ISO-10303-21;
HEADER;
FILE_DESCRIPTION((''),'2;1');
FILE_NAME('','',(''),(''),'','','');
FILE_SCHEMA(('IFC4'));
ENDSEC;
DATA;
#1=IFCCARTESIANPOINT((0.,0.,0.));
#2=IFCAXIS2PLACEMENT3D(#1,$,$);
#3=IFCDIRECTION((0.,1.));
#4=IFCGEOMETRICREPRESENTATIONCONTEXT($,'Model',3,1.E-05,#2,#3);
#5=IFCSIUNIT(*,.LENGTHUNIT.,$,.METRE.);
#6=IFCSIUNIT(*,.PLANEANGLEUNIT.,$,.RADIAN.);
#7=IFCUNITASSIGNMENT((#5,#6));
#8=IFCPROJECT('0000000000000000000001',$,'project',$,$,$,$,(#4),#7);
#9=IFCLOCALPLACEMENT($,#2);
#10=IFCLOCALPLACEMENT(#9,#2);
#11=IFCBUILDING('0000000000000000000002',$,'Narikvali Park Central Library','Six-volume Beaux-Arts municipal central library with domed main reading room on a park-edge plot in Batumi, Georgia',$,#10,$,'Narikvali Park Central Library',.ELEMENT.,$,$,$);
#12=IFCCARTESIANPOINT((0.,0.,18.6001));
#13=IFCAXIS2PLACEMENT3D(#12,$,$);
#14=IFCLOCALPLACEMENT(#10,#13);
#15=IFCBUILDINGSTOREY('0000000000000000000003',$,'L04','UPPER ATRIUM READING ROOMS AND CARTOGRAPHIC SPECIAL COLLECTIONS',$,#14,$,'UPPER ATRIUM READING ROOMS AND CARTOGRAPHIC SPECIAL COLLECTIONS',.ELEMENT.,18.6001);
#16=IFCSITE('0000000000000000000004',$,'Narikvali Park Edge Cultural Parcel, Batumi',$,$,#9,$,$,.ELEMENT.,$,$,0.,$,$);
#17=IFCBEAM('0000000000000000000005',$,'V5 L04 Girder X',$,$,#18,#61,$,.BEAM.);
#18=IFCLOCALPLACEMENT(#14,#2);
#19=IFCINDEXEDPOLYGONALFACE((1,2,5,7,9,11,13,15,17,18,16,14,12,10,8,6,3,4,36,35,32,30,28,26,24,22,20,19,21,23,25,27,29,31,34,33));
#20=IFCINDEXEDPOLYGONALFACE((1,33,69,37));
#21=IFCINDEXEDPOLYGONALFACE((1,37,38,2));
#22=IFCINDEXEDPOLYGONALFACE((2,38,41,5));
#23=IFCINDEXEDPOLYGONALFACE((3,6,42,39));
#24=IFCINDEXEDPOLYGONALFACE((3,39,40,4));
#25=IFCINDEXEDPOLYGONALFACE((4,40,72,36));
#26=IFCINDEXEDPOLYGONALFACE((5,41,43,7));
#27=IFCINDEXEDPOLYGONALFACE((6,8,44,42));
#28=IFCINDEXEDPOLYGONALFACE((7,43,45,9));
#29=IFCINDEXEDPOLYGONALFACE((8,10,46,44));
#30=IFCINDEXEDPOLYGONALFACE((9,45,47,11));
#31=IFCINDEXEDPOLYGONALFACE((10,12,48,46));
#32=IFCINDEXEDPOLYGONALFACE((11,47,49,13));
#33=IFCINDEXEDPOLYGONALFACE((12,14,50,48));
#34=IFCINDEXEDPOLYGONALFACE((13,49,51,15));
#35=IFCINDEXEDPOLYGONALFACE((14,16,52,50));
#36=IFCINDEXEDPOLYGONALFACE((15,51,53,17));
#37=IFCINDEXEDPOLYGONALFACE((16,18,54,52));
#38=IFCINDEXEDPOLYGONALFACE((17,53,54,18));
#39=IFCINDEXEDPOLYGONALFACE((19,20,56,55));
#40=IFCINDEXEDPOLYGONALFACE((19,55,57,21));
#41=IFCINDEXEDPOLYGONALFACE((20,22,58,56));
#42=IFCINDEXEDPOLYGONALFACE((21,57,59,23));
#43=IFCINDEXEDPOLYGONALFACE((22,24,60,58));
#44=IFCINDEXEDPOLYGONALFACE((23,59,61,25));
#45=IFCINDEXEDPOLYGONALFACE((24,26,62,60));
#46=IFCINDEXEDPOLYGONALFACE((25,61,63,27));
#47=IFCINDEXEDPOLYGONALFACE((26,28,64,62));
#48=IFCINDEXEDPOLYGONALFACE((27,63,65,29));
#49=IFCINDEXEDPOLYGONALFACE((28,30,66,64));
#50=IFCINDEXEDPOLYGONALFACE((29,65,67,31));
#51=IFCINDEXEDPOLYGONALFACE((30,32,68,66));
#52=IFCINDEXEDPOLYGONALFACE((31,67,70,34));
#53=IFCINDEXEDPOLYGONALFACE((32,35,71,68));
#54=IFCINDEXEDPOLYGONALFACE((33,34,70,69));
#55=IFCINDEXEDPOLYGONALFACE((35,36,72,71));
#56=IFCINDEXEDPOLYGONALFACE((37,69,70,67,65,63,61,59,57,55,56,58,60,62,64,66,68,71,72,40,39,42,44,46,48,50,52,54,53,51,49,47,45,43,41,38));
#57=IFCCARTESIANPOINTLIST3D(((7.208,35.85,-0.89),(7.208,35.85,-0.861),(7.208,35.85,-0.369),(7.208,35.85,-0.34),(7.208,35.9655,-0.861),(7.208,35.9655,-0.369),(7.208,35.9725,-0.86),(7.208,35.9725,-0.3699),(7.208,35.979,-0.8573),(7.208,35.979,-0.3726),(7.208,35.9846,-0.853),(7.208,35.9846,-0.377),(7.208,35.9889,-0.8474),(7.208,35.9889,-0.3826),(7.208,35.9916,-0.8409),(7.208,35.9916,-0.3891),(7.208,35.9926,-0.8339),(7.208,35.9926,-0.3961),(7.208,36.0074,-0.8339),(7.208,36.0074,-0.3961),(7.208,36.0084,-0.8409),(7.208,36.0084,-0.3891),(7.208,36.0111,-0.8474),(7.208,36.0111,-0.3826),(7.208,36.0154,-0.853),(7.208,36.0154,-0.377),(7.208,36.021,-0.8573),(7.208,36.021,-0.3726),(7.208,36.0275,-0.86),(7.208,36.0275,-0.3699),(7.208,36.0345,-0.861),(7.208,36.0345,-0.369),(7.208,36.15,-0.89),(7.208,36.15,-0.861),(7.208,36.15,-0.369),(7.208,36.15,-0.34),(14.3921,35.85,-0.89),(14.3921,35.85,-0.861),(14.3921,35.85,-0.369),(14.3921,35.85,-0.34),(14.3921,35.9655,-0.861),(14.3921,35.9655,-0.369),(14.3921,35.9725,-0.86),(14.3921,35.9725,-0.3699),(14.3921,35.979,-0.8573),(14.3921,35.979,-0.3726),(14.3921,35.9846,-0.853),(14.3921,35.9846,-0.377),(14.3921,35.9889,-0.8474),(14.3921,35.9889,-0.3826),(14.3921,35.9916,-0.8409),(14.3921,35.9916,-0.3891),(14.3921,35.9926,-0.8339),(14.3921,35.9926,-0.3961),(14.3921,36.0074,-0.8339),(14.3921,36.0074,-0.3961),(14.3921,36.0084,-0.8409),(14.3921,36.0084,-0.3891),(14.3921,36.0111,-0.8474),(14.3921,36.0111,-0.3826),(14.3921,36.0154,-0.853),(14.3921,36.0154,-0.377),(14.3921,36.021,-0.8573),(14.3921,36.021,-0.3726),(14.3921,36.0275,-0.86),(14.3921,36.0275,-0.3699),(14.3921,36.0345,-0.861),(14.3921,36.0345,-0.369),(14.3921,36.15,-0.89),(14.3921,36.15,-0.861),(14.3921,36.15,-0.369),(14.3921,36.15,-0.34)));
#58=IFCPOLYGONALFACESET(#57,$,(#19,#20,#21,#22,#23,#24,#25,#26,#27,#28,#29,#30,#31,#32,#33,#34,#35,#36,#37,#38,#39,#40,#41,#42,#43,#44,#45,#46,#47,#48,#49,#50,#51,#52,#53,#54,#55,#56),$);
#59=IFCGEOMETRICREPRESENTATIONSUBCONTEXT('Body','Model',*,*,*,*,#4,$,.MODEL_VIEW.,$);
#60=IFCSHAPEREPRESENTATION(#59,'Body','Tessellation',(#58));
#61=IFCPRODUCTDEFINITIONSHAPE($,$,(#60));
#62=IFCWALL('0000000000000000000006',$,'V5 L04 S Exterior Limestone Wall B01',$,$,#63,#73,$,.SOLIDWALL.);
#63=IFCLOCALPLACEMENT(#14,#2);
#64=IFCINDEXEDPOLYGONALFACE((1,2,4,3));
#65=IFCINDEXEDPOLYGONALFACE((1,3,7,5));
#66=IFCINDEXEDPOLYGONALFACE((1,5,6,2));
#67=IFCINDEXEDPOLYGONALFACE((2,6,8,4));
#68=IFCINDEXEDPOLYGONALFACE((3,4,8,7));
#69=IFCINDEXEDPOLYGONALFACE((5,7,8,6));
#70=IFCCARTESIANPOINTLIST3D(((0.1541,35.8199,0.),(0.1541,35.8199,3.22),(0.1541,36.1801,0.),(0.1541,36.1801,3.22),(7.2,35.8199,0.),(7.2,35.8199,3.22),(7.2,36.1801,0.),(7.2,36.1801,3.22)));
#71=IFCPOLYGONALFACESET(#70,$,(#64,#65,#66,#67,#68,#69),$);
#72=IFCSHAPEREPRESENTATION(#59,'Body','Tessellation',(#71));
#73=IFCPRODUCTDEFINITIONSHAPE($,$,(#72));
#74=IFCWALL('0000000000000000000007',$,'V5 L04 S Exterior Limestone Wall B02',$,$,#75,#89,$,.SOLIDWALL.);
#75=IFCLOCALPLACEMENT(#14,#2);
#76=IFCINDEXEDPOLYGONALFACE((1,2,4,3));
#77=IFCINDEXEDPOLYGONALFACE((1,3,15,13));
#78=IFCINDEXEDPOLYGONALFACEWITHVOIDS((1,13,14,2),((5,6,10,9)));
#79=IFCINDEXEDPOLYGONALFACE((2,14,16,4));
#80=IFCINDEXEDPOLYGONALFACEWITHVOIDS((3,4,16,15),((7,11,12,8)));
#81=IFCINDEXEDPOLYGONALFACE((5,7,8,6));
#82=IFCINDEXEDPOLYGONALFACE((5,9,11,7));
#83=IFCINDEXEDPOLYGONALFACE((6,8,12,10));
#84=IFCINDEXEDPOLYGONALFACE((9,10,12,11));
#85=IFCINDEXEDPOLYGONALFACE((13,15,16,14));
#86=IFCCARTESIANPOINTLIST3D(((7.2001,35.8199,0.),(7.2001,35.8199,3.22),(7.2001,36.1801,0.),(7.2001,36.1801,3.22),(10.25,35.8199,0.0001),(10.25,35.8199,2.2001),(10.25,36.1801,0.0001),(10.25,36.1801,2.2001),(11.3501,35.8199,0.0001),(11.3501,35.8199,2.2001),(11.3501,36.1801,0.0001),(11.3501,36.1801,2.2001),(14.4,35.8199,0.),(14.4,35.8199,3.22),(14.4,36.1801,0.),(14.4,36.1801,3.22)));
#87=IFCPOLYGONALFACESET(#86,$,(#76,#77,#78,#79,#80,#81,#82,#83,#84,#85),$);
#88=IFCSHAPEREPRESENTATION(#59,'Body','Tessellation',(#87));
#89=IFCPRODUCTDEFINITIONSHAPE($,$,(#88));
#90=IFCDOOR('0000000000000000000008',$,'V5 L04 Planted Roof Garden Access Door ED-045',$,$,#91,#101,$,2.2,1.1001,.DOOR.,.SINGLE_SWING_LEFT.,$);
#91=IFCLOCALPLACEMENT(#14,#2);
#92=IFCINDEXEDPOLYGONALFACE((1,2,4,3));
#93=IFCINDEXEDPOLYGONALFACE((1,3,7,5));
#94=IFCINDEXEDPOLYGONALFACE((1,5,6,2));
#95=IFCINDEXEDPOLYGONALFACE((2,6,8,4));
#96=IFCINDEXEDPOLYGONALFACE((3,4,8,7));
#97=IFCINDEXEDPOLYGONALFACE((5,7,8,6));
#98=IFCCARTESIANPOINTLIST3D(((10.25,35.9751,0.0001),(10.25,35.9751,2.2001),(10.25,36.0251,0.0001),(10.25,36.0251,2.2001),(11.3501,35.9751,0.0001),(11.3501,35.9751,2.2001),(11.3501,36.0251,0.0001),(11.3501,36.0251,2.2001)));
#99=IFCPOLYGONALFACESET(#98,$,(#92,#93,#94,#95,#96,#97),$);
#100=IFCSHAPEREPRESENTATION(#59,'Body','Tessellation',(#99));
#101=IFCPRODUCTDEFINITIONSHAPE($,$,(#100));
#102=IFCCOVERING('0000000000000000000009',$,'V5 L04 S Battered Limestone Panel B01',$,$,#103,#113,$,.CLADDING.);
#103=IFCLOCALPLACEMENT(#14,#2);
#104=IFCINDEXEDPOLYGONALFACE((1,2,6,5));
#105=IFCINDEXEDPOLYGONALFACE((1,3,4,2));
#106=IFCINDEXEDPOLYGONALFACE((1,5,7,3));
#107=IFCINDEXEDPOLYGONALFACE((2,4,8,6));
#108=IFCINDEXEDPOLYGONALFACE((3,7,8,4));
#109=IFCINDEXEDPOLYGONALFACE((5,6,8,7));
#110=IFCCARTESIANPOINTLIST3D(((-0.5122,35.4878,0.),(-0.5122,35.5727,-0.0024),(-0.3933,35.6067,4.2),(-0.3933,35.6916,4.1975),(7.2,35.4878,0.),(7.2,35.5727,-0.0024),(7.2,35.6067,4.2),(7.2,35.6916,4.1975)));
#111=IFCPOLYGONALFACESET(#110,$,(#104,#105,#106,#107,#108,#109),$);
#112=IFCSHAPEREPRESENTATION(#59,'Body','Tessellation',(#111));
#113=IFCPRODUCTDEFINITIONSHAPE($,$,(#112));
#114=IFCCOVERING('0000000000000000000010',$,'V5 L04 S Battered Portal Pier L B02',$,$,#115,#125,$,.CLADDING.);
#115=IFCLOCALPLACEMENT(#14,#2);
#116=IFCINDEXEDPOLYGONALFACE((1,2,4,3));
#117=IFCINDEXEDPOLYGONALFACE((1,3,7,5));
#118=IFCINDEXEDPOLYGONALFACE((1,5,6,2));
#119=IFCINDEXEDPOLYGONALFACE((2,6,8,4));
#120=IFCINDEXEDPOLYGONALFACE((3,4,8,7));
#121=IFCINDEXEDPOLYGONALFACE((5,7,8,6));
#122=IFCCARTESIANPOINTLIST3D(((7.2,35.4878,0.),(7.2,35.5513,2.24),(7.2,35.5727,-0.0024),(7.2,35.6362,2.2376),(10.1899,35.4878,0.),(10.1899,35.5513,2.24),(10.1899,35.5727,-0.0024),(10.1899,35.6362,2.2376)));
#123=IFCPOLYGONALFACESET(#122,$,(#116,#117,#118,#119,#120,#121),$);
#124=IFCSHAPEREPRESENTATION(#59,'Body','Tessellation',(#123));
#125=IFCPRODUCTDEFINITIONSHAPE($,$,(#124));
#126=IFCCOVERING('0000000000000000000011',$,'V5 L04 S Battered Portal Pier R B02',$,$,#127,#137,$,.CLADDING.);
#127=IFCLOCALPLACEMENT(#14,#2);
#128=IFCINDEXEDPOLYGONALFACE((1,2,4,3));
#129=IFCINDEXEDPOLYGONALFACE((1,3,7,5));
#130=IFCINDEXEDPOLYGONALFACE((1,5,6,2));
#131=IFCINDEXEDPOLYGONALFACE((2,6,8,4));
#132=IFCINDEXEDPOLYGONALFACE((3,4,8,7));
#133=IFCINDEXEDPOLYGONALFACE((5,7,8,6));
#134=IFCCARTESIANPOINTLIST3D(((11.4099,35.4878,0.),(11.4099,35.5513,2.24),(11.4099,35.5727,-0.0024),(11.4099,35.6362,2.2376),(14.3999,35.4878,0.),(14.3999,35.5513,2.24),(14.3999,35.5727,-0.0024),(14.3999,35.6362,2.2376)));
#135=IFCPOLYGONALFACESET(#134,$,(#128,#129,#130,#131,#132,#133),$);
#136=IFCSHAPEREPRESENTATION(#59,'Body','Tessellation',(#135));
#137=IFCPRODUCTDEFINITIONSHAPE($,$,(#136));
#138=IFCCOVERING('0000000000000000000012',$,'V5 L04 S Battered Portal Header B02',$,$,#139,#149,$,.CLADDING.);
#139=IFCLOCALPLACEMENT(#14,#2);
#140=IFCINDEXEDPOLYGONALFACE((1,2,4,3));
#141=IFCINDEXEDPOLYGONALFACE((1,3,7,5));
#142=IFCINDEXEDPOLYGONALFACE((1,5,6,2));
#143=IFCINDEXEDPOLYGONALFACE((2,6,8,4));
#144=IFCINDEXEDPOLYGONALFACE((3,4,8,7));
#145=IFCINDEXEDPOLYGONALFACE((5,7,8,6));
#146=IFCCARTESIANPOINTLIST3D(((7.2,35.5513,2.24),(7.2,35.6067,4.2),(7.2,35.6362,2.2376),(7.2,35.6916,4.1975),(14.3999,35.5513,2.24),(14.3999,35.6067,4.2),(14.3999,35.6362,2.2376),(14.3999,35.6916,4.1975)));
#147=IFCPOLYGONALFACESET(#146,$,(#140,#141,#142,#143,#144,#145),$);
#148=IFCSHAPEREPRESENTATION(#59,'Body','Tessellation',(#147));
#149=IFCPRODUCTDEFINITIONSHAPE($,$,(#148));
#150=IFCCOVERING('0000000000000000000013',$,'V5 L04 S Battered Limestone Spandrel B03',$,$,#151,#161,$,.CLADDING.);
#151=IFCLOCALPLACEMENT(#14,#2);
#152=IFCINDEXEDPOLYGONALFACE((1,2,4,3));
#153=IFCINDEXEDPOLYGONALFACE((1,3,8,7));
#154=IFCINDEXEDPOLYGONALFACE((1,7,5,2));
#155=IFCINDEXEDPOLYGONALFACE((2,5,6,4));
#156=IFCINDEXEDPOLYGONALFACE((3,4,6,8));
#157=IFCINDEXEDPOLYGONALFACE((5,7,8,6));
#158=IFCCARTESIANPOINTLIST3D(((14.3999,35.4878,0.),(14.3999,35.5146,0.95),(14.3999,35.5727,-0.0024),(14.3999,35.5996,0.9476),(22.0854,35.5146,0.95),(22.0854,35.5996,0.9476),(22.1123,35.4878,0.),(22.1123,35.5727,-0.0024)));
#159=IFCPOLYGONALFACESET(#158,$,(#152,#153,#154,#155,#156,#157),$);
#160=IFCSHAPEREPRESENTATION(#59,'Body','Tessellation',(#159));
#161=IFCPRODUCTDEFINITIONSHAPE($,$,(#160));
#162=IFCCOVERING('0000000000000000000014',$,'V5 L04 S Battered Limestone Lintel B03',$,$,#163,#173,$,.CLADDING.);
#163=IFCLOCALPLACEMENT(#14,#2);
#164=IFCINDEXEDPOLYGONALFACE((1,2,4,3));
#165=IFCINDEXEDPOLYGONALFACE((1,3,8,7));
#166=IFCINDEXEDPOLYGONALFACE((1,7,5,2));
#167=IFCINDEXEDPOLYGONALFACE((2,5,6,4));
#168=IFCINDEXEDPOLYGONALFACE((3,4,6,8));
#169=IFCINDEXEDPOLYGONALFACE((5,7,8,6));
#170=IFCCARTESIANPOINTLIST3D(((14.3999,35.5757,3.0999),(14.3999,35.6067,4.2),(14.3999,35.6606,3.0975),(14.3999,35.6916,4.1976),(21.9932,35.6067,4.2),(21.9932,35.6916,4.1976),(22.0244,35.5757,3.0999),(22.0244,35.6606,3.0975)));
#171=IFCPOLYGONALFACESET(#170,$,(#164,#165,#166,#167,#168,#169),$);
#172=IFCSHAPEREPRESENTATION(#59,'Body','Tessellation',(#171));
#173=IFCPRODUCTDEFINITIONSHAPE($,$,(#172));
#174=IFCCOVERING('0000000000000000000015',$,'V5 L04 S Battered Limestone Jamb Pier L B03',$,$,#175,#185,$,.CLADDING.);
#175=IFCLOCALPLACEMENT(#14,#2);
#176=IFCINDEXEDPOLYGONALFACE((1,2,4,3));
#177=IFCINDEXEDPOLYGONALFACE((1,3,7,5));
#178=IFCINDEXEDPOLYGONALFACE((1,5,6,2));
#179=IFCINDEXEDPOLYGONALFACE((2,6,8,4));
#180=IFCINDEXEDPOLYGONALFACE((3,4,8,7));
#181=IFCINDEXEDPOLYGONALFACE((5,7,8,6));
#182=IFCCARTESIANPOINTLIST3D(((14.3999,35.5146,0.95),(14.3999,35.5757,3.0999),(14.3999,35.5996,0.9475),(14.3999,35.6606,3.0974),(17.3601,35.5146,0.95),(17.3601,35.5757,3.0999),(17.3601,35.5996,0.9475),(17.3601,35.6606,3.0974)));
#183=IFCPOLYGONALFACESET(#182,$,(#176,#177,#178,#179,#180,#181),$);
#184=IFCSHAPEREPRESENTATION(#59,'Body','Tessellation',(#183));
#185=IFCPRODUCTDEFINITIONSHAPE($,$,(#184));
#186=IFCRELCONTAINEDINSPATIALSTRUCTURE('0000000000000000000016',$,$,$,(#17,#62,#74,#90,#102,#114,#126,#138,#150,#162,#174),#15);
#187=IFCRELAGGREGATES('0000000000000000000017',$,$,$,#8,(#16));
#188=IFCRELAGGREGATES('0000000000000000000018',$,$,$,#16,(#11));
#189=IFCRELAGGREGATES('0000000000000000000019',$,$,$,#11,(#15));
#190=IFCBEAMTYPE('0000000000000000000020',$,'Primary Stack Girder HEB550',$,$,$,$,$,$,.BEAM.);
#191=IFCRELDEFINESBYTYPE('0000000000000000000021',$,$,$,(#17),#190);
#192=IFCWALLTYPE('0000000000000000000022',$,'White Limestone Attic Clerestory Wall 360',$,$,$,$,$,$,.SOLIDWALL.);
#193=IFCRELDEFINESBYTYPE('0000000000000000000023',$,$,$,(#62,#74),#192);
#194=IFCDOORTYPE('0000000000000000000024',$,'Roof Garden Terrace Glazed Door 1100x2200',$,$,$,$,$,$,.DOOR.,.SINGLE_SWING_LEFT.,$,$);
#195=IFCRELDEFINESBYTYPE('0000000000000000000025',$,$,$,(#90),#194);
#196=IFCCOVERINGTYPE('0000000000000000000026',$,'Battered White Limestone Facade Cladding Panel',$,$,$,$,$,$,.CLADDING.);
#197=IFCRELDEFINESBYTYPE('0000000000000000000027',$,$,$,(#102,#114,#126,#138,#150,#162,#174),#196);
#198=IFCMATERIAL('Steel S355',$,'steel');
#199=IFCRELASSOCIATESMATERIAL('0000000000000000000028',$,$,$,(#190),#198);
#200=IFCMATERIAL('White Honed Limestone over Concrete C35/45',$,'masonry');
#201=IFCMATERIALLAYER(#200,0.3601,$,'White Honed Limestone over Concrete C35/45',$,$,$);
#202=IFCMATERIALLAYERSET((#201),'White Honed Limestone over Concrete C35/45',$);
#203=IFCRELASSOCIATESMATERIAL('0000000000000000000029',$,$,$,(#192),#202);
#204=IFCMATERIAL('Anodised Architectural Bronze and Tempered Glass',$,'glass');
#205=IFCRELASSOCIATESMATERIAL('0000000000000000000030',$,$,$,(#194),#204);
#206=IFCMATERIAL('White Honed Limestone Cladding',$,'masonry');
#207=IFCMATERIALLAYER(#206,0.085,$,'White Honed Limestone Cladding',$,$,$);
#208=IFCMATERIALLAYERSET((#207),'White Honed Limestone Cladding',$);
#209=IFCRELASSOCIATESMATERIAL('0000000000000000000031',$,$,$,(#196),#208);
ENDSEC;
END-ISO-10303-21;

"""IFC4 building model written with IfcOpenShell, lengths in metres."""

from ifc_helpers import new_model, si_unit, direction, frame, frame_2d, origin, origin_2d, place, context, subcontext, project, spatial, polyline, rectangle, i_section, outline, extrude, material, layer, layer_set, material_profile, profile_set, type_object, element, fill, save


model = new_model("IFC4")

# Units and contexts
model_context = context("Model", 3, precision=1e-05, world=origin(), true_north=direction((0.0, 1.0)))
body_context = subcontext(model_context, "Body", "Model", "MODEL_VIEW")
ifc_project = project(units=[si_unit("LENGTHUNIT", "METRE"), si_unit("PLANEANGLEUNIT", "RADIAN")], contexts=[model_context])

# Site, building, storey
site_placement = place(None, origin())
site = spatial("IfcSite", under=ifc_project, at=site_placement, Name="Narikvali Park Edge Cultural Parcel, Batumi", CompositionType="ELEMENT", RefElevation=0.0)
building_placement = place(site_placement, origin())
building = spatial("IfcBuilding", under=site, at=building_placement, Name="Narikvali Park Central Library", Description="Six-volume Beaux-Arts municipal central library with domed main reading room on a park-edge plot in Batumi, Georgia", LongName="Narikvali Park Central Library", CompositionType="ELEMENT")
storey_placement = place(building_placement, frame((0.0, 0.0, 18.6001)))
storey = spatial("IfcBuildingStorey", under=building, at=storey_placement, Name="L04", Description="UPPER ATRIUM READING ROOMS AND CARTOGRAPHIC SPECIAL COLLECTIONS", LongName="UPPER ATRIUM READING ROOMS AND CARTOGRAPHIC SPECIAL COLLECTIONS", CompositionType="ELEMENT", Elevation=18.6001)

# Shared definitions
ifc_material_1 = material(Name="Steel S355", Category="steel")

# Beam
ifc_material_profile_1 = material_profile(ifc_material_1, i_section(OverallWidth=0.3, OverallDepth=0.55, WebThickness=0.0149, FlangeThickness=0.0291, FilletRadius=0.0271, at=origin_2d()), Name="HEB 550")
ifc_profile_set_1 = profile_set([ifc_material_profile_1], Name="Steel S355")
beam_type = type_object("IfcBeamType", Name="Primary Stack Girder HEB550", PredefinedType="BEAM", material=ifc_profile_set_1)
beam_1_placement = place(storey_placement, frame((7.208, 36.0, -0.615), z_axis=(1.0, 0.0, 0.0), x_axis=(0.0, 1.0, 0.0)))
element("IfcBeam", 1, at=beam_1_placement, inside=storey, type_object=beam_type, Name="V5 L04 Girder X", PredefinedType="BEAM", context=body_context, shape_type="SweptSolid", body=[
    extrude(i_section(OverallWidth=0.3, OverallDepth=0.55, WebThickness=0.0149, FlangeThickness=0.0291, FilletRadius=0.0271, at=origin_2d()), origin(), (0.0, 0.0, 1.0), 7.1841),
])

# Wall
ifc_material_2 = material(Name="White Honed Limestone over Concrete C35/45", Category="masonry")
ifc_layer_1 = layer(ifc_material_2, 0.3601, Name="White Honed Limestone over Concrete C35/45")
ifc_layer_set_1 = layer_set([ifc_layer_1], Name="White Honed Limestone over Concrete C35/45")
wall_type = type_object("IfcWallType", Name="White Limestone Attic Clerestory Wall 360", PredefinedType="SOLIDWALL", material=ifc_layer_set_1)
wall_1_placement = place(storey_placement, frame((0.1541, 36.0, 0.0), z_axis=(0.0, 0.0, 1.0), x_axis=(1.0, 0.0, 0.0)))
element("IfcWall", 2, at=wall_1_placement, inside=storey, type_object=wall_type, Name="V5 L04 S Exterior Limestone Wall B01", PredefinedType="SOLIDWALL", context=body_context, shape_type="SweptSolid", body=[
    extrude(rectangle(XDim=7.0459, YDim=0.3601, at=frame_2d((3.5229, 0.0))), origin(), (0.0, 0.0, 1.0), 3.22),
])

# Wall, opening, door
wall_2_placement = place(storey_placement, frame((7.2, 36.0, 0.0), z_axis=(0.0, 0.0, 1.0), x_axis=(1.0, 0.0, 0.0)))
wall_2 = element("IfcWall", 3, at=wall_2_placement, inside=storey, type_object=wall_type, Name="V5 L04 S Exterior Limestone Wall B02", PredefinedType="SOLIDWALL", context=body_context, shape_type="SweptSolid", body=[
    extrude(rectangle(XDim=7.2, YDim=0.3601, at=frame_2d((3.6001, 0.0))), origin(), (0.0, 0.0, 1.0), 3.22),
])
opening_placement = place(wall_2_placement, frame((3.05, 0.0, 0.0)))
opening = element("IfcOpeningElement", 4, at=opening_placement, cuts=wall_2, PredefinedType="OPENING", context=body_context, shape_type="SweptSolid", body=[
    extrude(rectangle(XDim=1.1001, YDim=2.2, at=frame_2d((0.55, 1.1001))), frame((0.0, 0.1919, 0.0), z_axis=(0.0, -1.0, 0.0), x_axis=(1.0, 0.0, 0.0)), (0.0, 0.0, 1.0), 0.384),
])
ifc_material_3 = material(Name="Anodised Architectural Bronze and Tempered Glass", Category="glass")
door_type = type_object("IfcDoorType", Name="Roof Garden Terrace Glazed Door 1100x2200", OperationType="SINGLE_SWING_LEFT", PredefinedType="DOOR", material=ifc_material_3)
door_placement = place(opening_placement, frame((1.1001, 0.0, 0.0), z_axis=(0.0, 0.0, 1.0), x_axis=(-1.0, 0.0, 0.0)))
door = element("IfcDoor", 5, at=door_placement, inside=storey, type_object=door_type, Name="V5 L04 Planted Roof Garden Access Door ED-045", OperationType="SINGLE_SWING_LEFT", OverallHeight=2.2, OverallWidth=1.1001, PredefinedType="DOOR", context=body_context, shape_type="SweptSolid", body=[
    extrude(rectangle(XDim=1.1001, YDim=2.2, at=frame_2d((0.55, 1.1001))), frame((0.0, 0.0249, 0.0), z_axis=(0.0, -1.0, 0.0), x_axis=(1.0, 0.0, 0.0)), (0.0, 0.0, 1.0), 0.05),
])
fill(opening, door)

# Coverings
ifc_material_4 = material(Name="White Honed Limestone Cladding", Category="masonry")
ifc_layer_2 = layer(ifc_material_4, 0.085, Name="White Honed Limestone Cladding")
ifc_layer_set_2 = layer_set([ifc_layer_2], Name="White Honed Limestone Cladding")
covering_type = type_object("IfcCoveringType", Name="Battered White Limestone Facade Cladding Panel", PredefinedType="CLADDING", material=ifc_layer_set_2)
covering_1_placement = place(storey_placement, frame((-0.5122, 35.4878, 0.0), z_axis=(0.0, -0.9996, 0.028298), x_axis=(1.0, 0.0, 0.0)))
element("IfcCovering", 6, at=covering_1_placement, inside=storey, type_object=covering_type, Name="V5 L04 S Battered Limestone Panel B01", PredefinedType="CLADDING", context=body_context, shape_type="SweptSolid", body=[
    extrude(outline(polyline([(0.0, 0.0), (7.7122, 0.0), (7.7122, 4.2016), (0.1189, 4.2016), (0.0, 0.0)])), origin(), (0.0, 0.0, -1.0), 0.085),
])
for number, where, z_axis, x_axis, name in (
    (7, (7.2, 35.4878, 0.0), (0.0, -0.999599, 0.028327), (1.0, 0.0, 0.0), "V5 L04 S Battered Portal Pier L B02"),
    (8, (11.4099, 35.4878, 0.0), (0.0, -0.999599, 0.028327), (1.0, 0.0, 0.0), "V5 L04 S Battered Portal Pier R B02"),
):
    element("IfcCovering", number, at=place(storey_placement, frame(where, z_axis=z_axis, x_axis=x_axis)), inside=storey, type_object=covering_type, Name=name, PredefinedType="CLADDING", context=body_context, shape_type="SweptSolid", body=[
        extrude(outline(polyline([(0.0, 0.0), (2.99, 0.0), (2.99, 2.2409), (0.0, 2.2409), (0.0, 0.0)])), origin(), (0.0, 0.0, -1.0), 0.085),
    ])
covering_2_placement = place(storey_placement, frame((7.2, 35.5513, 2.24), z_axis=(0.0, -0.9996, 0.028265), x_axis=(1.0, 0.0, 0.0)))
element("IfcCovering", 9, at=covering_2_placement, inside=storey, type_object=covering_type, Name="V5 L04 S Battered Portal Header B02", PredefinedType="CLADDING", context=body_context, shape_type="SweptSolid", body=[
    extrude(outline(polyline([(0.0, 0.0), (7.2, 0.0), (7.2, 1.9607), (0.0, 1.9607), (0.0, 0.0)])), origin(), (0.0, 0.0, -1.0), 0.085),
])
covering_3_placement = place(storey_placement, frame((14.3999, 35.4878, 0.0), z_axis=(0.0, -0.999601, 0.028259), x_axis=(1.0, 0.0, 0.0)))
element("IfcCovering", 10, at=covering_3_placement, inside=storey, type_object=covering_type, Name="V5 L04 S Battered Limestone Spandrel B03", PredefinedType="CLADDING", context=body_context, shape_type="SweptSolid", body=[
    extrude(outline(polyline([(0.0, 0.0), (7.7124, 0.0), (7.6855, 0.9503), (0.0, 0.9503), (0.0, 0.0)])), origin(), (0.0, 0.0, -1.0), 0.085),
])
covering_4_placement = place(storey_placement, frame((14.3999, 35.5757, 3.0999), z_axis=(0.0, -0.999603, 0.028173), x_axis=(1.0, 0.0, 0.0)))
element("IfcCovering", 11, at=covering_4_placement, inside=storey, type_object=covering_type, Name="V5 L04 S Battered Limestone Lintel B03", PredefinedType="CLADDING", context=body_context, shape_type="SweptSolid", body=[
    extrude(outline(polyline([(0.0, 0.0), (7.6245, 0.0), (7.5933, 1.1005), (0.0, 1.1005), (0.0, 0.0)])), origin(), (0.0, 0.0, -1.0), 0.085),
])
covering_5_placement = place(storey_placement, frame((14.3999, 35.5146, 0.95), z_axis=(0.0, -0.999597, 0.028378), x_axis=(1.0, 0.0, 0.0)))
element("IfcCovering", 12, at=covering_5_placement, inside=storey, type_object=covering_type, Name="V5 L04 S Battered Limestone Jamb Pier L B03", PredefinedType="CLADDING", context=body_context, shape_type="SweptSolid", body=[
    extrude(outline(polyline([(0.0, 0.0), (2.9602, 0.0), (2.9602, 2.1508), (0.0, 2.1508), (0.0, 0.0)])), origin(), (0.0, 0.0, -1.0), 0.085),
])

save(model, "model.ifc")
